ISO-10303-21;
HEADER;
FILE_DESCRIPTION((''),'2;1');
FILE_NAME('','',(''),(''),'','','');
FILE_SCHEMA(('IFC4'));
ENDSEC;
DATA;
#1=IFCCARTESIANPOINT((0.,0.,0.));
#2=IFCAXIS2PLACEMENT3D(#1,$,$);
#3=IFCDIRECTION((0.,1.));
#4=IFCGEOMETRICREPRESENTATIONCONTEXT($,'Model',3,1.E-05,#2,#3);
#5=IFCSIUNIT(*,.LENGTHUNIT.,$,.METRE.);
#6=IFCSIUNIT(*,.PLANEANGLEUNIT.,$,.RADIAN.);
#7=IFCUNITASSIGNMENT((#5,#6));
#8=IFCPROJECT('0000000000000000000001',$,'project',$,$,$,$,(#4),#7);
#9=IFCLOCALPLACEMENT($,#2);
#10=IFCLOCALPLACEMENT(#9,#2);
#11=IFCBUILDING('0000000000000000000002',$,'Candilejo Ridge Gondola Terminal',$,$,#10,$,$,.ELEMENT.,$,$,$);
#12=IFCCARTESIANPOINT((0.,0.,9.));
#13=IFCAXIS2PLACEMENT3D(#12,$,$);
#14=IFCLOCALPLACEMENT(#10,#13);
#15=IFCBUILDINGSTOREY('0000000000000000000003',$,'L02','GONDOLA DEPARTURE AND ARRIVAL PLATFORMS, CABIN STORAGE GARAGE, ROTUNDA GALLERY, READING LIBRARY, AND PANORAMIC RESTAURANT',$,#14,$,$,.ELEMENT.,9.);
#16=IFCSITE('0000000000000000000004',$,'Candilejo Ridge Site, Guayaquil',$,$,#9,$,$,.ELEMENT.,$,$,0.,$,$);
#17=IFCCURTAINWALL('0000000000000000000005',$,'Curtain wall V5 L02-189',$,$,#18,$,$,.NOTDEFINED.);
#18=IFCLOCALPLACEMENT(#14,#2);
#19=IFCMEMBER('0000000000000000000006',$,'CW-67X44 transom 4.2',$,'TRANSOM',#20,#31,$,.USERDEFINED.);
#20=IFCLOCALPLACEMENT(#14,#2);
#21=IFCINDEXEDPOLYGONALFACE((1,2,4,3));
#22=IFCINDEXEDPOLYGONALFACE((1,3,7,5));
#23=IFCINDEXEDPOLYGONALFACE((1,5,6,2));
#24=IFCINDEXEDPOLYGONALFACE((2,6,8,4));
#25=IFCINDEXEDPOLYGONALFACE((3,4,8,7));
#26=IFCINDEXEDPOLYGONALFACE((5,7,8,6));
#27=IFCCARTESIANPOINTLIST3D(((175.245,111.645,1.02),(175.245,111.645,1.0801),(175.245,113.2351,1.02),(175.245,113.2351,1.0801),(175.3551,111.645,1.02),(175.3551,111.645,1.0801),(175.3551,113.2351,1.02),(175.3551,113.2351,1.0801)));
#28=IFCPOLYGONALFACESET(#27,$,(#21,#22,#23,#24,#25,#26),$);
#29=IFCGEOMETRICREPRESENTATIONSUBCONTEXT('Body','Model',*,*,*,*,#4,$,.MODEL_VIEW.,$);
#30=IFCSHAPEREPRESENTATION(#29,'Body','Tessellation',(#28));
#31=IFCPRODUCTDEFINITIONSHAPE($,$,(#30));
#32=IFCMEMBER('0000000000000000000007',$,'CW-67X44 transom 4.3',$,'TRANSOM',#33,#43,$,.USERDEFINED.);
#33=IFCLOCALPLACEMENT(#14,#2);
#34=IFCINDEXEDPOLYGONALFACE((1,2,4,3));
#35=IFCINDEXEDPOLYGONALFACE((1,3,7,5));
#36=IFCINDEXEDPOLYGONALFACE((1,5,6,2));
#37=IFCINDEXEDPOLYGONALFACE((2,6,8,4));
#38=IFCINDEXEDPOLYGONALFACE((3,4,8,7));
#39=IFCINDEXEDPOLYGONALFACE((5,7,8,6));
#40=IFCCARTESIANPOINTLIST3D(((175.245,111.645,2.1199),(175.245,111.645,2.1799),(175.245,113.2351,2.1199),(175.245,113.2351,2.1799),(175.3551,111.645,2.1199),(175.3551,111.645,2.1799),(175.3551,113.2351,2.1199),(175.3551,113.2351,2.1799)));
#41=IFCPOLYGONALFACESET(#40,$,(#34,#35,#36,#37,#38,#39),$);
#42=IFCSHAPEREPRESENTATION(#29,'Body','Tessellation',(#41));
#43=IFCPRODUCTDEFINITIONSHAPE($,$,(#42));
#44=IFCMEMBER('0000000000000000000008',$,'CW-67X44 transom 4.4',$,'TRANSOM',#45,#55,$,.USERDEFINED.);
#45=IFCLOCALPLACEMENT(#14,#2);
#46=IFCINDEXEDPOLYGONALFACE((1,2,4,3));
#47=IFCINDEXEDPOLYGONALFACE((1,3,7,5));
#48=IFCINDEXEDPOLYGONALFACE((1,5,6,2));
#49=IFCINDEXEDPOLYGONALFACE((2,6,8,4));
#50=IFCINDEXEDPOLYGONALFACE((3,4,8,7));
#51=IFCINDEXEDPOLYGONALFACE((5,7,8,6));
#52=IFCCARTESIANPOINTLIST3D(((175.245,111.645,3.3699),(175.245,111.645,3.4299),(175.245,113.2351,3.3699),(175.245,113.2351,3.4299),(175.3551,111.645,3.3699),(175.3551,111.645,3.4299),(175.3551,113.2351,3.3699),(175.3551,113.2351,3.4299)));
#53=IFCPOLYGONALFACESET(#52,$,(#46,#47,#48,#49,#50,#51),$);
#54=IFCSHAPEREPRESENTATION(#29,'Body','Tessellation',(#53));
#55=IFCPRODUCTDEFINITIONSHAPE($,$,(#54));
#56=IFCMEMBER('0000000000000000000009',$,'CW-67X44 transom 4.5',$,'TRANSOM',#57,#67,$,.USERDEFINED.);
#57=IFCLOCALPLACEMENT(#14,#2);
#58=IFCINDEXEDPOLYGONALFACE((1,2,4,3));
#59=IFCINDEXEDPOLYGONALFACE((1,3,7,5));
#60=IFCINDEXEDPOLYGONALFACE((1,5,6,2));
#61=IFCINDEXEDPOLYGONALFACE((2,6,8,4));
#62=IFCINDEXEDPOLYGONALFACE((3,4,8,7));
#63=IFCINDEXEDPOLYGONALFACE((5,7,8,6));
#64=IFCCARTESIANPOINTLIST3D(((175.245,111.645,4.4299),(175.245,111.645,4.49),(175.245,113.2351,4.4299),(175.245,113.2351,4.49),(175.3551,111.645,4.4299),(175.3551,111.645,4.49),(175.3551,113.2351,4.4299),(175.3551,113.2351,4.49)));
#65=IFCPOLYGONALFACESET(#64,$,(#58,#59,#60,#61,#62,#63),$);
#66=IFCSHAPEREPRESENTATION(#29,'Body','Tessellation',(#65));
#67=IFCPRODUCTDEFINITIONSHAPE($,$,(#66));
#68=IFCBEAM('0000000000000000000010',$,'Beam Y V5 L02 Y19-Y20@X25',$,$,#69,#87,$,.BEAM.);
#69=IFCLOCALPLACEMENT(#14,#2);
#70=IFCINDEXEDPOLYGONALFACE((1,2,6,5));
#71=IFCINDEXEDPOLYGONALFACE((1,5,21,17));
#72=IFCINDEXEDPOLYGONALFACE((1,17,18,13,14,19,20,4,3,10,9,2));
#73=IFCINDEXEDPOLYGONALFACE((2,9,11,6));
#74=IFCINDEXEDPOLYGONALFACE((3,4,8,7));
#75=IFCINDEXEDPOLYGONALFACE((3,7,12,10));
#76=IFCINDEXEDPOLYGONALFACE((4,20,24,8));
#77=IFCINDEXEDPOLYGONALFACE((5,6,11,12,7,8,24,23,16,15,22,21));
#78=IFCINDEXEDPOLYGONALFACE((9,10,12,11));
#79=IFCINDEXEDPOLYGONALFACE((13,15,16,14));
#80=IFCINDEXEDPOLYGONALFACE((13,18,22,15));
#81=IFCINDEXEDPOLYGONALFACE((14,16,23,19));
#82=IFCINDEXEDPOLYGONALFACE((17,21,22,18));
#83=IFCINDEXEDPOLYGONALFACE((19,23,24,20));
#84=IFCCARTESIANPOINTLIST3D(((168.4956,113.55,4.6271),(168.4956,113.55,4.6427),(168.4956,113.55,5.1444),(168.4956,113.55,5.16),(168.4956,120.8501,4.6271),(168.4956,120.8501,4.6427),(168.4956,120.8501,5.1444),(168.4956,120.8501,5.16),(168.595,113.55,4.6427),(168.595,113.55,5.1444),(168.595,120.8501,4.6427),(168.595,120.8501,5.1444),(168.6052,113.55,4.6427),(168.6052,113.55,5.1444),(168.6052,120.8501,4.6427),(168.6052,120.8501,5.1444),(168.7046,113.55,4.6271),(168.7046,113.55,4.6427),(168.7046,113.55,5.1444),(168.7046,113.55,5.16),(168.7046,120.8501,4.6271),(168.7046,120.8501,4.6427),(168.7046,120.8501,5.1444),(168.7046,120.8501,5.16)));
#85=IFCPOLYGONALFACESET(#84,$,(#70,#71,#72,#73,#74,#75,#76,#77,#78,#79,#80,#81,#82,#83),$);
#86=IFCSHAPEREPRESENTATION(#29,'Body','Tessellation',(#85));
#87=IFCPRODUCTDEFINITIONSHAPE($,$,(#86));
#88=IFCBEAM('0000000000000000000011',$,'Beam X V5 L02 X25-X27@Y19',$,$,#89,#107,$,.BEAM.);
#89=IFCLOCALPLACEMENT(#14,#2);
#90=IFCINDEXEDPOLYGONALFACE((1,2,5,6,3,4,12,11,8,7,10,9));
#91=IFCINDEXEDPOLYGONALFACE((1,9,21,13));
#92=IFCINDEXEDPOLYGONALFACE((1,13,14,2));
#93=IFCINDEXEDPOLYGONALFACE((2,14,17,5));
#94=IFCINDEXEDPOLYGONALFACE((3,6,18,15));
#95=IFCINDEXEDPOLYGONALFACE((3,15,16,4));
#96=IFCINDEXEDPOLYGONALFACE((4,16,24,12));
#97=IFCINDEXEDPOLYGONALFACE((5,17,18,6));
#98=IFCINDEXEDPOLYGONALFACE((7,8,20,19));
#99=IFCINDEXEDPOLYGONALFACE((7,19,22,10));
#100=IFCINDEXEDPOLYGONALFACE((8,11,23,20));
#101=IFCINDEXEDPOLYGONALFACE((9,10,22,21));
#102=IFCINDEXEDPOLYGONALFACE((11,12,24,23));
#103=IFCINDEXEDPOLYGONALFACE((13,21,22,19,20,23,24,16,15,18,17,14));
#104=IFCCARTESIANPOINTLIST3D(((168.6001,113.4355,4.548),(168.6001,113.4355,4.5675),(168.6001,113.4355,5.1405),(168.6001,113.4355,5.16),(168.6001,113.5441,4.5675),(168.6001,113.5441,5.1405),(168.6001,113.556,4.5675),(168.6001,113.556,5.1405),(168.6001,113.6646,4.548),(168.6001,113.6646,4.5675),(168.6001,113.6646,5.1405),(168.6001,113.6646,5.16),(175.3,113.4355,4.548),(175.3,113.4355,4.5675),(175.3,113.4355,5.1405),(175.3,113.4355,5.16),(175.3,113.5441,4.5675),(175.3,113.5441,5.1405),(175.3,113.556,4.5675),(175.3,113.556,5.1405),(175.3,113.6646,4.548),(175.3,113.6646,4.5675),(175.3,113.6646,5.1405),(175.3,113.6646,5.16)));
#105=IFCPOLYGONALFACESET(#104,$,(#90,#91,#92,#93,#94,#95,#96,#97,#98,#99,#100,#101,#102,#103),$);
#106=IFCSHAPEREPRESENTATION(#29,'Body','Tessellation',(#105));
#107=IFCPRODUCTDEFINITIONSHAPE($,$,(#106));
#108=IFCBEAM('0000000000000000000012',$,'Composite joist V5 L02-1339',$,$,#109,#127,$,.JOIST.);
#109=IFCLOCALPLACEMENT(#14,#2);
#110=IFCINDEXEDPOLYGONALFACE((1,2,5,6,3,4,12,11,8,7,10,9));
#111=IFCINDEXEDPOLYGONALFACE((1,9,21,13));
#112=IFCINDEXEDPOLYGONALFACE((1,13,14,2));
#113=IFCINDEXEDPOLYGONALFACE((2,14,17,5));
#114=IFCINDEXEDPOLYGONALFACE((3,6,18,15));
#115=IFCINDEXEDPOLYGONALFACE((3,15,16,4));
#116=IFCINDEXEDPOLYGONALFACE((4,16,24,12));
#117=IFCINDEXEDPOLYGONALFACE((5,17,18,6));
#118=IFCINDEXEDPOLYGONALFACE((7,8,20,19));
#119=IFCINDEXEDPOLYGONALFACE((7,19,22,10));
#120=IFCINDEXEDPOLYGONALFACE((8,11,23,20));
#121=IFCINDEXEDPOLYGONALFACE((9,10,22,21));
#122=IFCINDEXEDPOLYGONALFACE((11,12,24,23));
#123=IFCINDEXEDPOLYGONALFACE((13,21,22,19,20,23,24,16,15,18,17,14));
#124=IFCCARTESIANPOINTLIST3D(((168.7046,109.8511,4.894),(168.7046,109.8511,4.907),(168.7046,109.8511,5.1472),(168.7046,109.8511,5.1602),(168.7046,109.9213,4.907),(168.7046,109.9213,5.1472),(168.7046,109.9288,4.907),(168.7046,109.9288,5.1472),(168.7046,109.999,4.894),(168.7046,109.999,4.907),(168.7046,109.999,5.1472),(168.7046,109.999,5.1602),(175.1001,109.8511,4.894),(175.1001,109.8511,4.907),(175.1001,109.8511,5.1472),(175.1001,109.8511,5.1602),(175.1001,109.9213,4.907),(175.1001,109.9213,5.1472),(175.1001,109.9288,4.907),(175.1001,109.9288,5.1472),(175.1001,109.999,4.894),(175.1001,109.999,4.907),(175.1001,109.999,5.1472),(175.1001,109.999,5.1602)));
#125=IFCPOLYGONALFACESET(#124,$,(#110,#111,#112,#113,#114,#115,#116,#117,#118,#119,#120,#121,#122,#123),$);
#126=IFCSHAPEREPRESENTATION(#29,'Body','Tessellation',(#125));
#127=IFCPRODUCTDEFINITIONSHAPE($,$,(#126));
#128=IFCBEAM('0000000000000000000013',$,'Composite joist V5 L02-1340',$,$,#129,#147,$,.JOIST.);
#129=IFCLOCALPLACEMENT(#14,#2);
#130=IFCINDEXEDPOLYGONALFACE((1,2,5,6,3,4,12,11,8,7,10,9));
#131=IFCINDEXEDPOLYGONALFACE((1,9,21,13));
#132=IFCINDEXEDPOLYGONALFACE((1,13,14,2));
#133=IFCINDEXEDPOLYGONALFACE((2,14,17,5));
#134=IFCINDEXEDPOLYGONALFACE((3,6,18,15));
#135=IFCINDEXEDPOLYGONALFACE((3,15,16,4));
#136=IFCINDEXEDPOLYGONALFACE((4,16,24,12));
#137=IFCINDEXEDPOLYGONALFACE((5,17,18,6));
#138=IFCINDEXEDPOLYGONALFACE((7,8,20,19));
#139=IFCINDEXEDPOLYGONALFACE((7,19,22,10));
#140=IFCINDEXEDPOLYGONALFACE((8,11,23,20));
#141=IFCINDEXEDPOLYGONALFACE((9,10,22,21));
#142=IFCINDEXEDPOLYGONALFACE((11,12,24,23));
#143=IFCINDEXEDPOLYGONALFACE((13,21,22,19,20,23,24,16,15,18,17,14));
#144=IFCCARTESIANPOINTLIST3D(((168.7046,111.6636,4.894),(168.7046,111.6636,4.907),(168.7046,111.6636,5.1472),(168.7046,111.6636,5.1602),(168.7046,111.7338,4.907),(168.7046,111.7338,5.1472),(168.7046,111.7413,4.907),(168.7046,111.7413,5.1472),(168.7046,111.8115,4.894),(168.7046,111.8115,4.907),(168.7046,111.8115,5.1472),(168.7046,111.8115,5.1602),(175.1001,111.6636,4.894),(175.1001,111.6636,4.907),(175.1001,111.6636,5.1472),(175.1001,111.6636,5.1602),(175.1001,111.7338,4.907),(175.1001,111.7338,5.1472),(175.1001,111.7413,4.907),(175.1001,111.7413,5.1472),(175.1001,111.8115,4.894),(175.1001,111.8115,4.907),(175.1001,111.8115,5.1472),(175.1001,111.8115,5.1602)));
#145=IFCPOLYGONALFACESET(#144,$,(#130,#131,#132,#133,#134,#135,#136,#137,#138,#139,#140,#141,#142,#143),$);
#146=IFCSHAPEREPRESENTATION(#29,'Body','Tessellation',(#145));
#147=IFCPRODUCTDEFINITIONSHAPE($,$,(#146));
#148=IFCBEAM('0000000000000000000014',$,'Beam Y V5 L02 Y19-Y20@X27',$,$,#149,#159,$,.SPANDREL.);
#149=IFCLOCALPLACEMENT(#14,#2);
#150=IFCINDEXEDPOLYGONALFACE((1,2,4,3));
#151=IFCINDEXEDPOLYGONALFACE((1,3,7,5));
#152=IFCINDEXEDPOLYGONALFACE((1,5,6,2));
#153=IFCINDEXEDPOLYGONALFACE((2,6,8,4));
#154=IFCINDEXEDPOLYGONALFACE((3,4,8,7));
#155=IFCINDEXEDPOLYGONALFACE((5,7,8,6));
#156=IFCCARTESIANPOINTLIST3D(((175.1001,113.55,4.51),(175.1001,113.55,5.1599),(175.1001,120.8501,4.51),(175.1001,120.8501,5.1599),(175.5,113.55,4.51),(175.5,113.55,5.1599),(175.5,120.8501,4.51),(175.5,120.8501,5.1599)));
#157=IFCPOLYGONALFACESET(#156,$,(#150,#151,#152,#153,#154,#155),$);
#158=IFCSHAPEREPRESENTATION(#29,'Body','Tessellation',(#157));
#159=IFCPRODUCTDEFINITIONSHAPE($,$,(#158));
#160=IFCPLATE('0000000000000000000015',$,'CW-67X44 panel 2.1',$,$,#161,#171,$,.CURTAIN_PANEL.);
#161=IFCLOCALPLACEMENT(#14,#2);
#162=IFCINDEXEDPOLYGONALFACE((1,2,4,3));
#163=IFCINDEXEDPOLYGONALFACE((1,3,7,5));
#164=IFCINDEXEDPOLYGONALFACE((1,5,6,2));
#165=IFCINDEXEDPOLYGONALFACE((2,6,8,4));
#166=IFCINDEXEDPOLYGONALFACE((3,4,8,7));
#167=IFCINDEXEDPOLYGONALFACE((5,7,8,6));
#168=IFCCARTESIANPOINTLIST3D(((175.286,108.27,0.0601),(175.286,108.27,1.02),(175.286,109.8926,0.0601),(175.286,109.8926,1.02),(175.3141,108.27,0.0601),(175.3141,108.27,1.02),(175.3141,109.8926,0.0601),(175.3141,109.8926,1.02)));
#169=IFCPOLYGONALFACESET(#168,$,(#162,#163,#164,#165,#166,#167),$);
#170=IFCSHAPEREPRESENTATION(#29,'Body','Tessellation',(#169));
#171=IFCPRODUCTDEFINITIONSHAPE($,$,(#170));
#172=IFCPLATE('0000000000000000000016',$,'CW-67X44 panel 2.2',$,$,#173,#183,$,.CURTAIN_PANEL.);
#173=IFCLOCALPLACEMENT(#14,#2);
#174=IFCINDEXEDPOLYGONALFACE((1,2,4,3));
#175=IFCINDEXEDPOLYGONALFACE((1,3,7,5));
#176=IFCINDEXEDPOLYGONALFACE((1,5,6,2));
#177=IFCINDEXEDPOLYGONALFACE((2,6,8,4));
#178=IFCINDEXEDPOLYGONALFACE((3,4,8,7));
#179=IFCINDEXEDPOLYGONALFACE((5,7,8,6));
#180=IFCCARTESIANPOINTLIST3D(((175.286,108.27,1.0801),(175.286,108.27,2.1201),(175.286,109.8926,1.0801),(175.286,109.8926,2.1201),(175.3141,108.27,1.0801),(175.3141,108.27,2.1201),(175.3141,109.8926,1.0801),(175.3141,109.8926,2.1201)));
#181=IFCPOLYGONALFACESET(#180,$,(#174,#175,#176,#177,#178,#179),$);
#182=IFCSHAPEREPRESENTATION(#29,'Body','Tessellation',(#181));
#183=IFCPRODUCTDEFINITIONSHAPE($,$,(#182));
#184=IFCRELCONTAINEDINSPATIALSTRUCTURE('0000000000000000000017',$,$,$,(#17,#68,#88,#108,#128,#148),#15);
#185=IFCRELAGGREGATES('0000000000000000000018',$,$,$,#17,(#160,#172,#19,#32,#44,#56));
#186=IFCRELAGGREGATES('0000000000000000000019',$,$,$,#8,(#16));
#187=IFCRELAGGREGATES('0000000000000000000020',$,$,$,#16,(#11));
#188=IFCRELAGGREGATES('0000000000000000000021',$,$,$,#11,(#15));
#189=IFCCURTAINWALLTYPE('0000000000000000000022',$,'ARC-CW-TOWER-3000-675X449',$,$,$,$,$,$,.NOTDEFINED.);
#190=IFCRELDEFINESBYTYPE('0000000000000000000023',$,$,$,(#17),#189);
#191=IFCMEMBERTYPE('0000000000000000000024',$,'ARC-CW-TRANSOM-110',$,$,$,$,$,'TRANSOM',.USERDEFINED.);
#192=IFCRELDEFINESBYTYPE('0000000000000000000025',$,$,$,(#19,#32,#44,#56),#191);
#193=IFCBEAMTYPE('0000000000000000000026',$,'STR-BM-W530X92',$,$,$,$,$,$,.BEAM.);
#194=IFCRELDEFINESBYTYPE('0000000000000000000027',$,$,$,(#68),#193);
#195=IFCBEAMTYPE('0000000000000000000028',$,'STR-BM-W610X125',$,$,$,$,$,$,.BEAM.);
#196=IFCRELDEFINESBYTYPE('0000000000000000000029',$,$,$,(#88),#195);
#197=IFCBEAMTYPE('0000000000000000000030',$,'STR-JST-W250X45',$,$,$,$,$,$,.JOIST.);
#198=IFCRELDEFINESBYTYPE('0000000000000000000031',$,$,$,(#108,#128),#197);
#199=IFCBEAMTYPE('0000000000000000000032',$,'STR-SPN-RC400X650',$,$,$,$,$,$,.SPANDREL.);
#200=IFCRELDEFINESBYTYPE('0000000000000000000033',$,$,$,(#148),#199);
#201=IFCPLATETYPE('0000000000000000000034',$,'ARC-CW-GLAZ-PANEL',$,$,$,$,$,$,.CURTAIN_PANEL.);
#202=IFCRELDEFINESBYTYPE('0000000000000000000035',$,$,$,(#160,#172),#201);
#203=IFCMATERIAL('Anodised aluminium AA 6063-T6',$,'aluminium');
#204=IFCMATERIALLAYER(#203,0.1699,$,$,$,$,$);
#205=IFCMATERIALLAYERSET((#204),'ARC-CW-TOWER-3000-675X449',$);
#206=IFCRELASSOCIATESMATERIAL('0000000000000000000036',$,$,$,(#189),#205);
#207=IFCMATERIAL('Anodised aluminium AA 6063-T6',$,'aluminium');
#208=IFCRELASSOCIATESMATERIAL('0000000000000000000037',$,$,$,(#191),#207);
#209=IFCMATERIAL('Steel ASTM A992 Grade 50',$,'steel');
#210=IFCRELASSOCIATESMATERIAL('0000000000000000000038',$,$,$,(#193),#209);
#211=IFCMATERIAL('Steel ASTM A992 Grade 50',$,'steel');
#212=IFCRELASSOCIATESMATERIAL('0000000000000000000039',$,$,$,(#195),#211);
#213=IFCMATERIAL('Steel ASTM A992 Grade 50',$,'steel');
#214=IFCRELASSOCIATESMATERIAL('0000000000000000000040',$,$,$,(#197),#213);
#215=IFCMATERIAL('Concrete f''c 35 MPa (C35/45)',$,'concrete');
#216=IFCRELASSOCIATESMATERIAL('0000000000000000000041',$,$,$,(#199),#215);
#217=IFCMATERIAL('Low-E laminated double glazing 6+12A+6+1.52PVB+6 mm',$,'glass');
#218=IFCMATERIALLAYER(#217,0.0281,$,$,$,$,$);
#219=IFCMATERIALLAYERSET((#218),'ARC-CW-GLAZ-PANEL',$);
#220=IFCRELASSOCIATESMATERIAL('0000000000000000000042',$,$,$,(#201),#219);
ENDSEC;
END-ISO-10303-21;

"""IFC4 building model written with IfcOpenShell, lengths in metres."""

from ifc_helpers import new_model, si_unit, direction, frame, origin, origin_2d, place, context, subcontext, project, spatial, rectangle, i_section, extrude, material, layer, layer_set, material_profile, profile_set, type_object, element, aggregate, save


model = new_model("IFC4")

# Units and contexts
model_context = context("Model", 3, precision=1e-05, world=origin(), true_north=direction((0.0, 1.0)))
body_context = subcontext(model_context, "Body", "Model", "MODEL_VIEW")
ifc_project = project(units=[si_unit("LENGTHUNIT", "METRE"), si_unit("PLANEANGLEUNIT", "RADIAN")], contexts=[model_context])

# Site, building, storey
site_placement = place(None, origin())
site = spatial("IfcSite", under=ifc_project, at=site_placement, Name="Candilejo Ridge Site, Guayaquil", CompositionType="ELEMENT", RefElevation=0.0)
building_placement = place(site_placement, origin())
building = spatial("IfcBuilding", under=site, at=building_placement, Name="Candilejo Ridge Gondola Terminal", CompositionType="ELEMENT")
storey_placement = place(building_placement, frame((0.0, 0.0, 9.0)))
storey = spatial("IfcBuildingStorey", under=building, at=storey_placement, Name="L02", Description="GONDOLA DEPARTURE AND ARRIVAL PLATFORMS, CABIN STORAGE GARAGE, ROTUNDA GALLERY, READING LIBRARY, AND PANORAMIC RESTAURANT", CompositionType="ELEMENT", Elevation=9.0)

# Curtain wall
ifc_material_1 = material(Name="Anodised aluminium AA 6063-T6", Category="aluminium")
ifc_layer_1 = layer(ifc_material_1, 0.1699)
ifc_layer_set_1 = layer_set([ifc_layer_1], Name="ARC-CW-TOWER-3000-675X449")
curtain_wall_type_1 = type_object("IfcCurtainWallType", Name="ARC-CW-TOWER-3000-675X449", PredefinedType="NOTDEFINED", material=ifc_layer_set_1)
curtain_wall_1_placement = place(storey_placement, origin())
curtain_wall_1 = element("IfcCurtainWall", 1, at=curtain_wall_1_placement, inside=storey, type_object=curtain_wall_type_1, Name="Curtain wall V5 L02-189", PredefinedType="NOTDEFINED")

# Members
ifc_material_2 = material(Name="Anodised aluminium AA 6063-T6", Category="aluminium")
ifc_material_profile_1 = material_profile(ifc_material_2, rectangle(XDim=0.1101, YDim=0.0601, at=origin_2d()))
ifc_profile_set_1 = profile_set([ifc_material_profile_1], Name="Anodised aluminium AA 6063-T6")
member_type_1 = type_object("IfcMemberType", Name="ARC-CW-TRANSOM-110", ElementType="TRANSOM", PredefinedType="USERDEFINED", material=ifc_profile_set_1)
member_1_placement = place(storey_placement, frame((175.3, 111.645, 1.05), z_axis=(0.0, 1.0, 0.0), x_axis=(-1.0, 0.0, 0.0)))
member_1 = element("IfcMember", 2, at=member_1_placement, type_object=member_type_1, Name="CW-67X44 transom 4.2", ObjectType="TRANSOM", PredefinedType="USERDEFINED", context=body_context, shape_type="SweptSolid", body=[
    extrude(rectangle(XDim=0.1101, YDim=0.0601, at=origin_2d()), origin(), (0.0, 0.0, 1.0), 1.5901),
])
member_2_placement = place(storey_placement, frame((175.3, 111.645, 2.1499), z_axis=(0.0, 1.0, 0.0), x_axis=(-1.0, 0.0, 0.0)))
member_2 = element("IfcMember", 3, at=member_2_placement, type_object=member_type_1, Name="CW-67X44 transom 4.3", ObjectType="TRANSOM", PredefinedType="USERDEFINED", context=body_context, shape_type="SweptSolid", body=[
    extrude(rectangle(XDim=0.1101, YDim=0.0601, at=origin_2d()), origin(), (0.0, 0.0, 1.0), 1.5901),
])
member_3_placement = place(storey_placement, frame((175.3, 111.645, 3.3999), z_axis=(0.0, 1.0, 0.0), x_axis=(-1.0, 0.0, 0.0)))
member_3 = element("IfcMember", 4, at=member_3_placement, type_object=member_type_1, Name="CW-67X44 transom 4.4", ObjectType="TRANSOM", PredefinedType="USERDEFINED", context=body_context, shape_type="SweptSolid", body=[
    extrude(rectangle(XDim=0.1101, YDim=0.0601, at=origin_2d()), origin(), (0.0, 0.0, 1.0), 1.5901),
])
member_4_placement = place(storey_placement, frame((175.3, 111.645, 4.46), z_axis=(0.0, 1.0, 0.0), x_axis=(-1.0, 0.0, 0.0)))
member_4 = element("IfcMember", 5, at=member_4_placement, type_object=member_type_1, Name="CW-67X44 transom 4.5", ObjectType="TRANSOM", PredefinedType="USERDEFINED", context=body_context, shape_type="SweptSolid", body=[
    extrude(rectangle(XDim=0.1101, YDim=0.0601, at=origin_2d()), origin(), (0.0, 0.0, 1.0), 1.5901),
])

# Beams
ifc_material_3 = material(Name="Steel ASTM A992 Grade 50", Category="steel")
ifc_material_profile_2 = material_profile(ifc_material_3, i_section(OverallWidth=0.209, OverallDepth=0.533, WebThickness=0.0103, FlangeThickness=0.0156, at=origin_2d()))
ifc_profile_set_2 = profile_set([ifc_material_profile_2], Name="Steel ASTM A992 Grade 50")
beam_type_1 = type_object("IfcBeamType", Name="STR-BM-W530X92", PredefinedType="BEAM", material=ifc_profile_set_2)
beam_1_placement = place(storey_placement, frame((168.6001, 113.55, 4.8936), z_axis=(0.0, 1.0, 0.0), x_axis=(-1.0, 0.0, 0.0)))
element("IfcBeam", 6, at=beam_1_placement, inside=storey, type_object=beam_type_1, Name="Beam Y V5 L02 Y19-Y20@X25", PredefinedType="BEAM", context=body_context, shape_type="SweptSolid", body=[
    extrude(i_section(OverallWidth=0.209, OverallDepth=0.533, WebThickness=0.0103, FlangeThickness=0.0156, at=origin_2d()), origin(), (0.0, 0.0, 1.0), 7.3),
])
ifc_material_4 = material(Name="Steel ASTM A992 Grade 50", Category="steel")
ifc_material_profile_3 = material_profile(ifc_material_4, i_section(OverallWidth=0.229, OverallDepth=0.6121, WebThickness=0.012, FlangeThickness=0.0195, at=origin_2d()))
ifc_profile_set_3 = profile_set([ifc_material_profile_3], Name="Steel ASTM A992 Grade 50")
beam_type_2 = type_object("IfcBeamType", Name="STR-BM-W610X125", PredefinedType="BEAM", material=ifc_profile_set_3)
beam_2_placement = place(storey_placement, frame((168.6001, 113.55, 4.854), z_axis=(1.0, 0.0, 0.0), x_axis=(0.0, 1.0, 0.0)))
element("IfcBeam", 7, at=beam_2_placement, inside=storey, type_object=beam_type_2, Name="Beam X V5 L02 X25-X27@Y19", PredefinedType="BEAM", context=body_context, shape_type="SweptSolid", body=[
    extrude(i_section(OverallWidth=0.229, OverallDepth=0.6121, WebThickness=0.012, FlangeThickness=0.0195, at=origin_2d()), origin(), (0.0, 0.0, 1.0), 6.7),
])
ifc_material_5 = material(Name="Steel ASTM A992 Grade 50", Category="steel")
ifc_material_profile_4 = material_profile(ifc_material_5, i_section(OverallWidth=0.1479, OverallDepth=0.2661, WebThickness=0.0076, FlangeThickness=0.0129, at=origin_2d()))
ifc_profile_set_4 = profile_set([ifc_material_profile_4], Name="Steel ASTM A992 Grade 50")
beam_type_3 = type_object("IfcBeamType", Name="STR-JST-W250X45", PredefinedType="JOIST", material=ifc_profile_set_4)
for number, where, z_axis, x_axis, name in (
    (8, (168.7046, 109.925, 5.0271), (1.0, 0.0, 0.0), (0.0, 1.0, 0.0), "Composite joist V5 L02-1339"),
    (9, (168.7046, 111.7375, 5.0271), (1.0, 0.0, 0.0), (0.0, 1.0, 0.0), "Composite joist V5 L02-1340"),
):
    element("IfcBeam", number, at=place(storey_placement, frame(where, z_axis=z_axis, x_axis=x_axis)), inside=storey, type_object=beam_type_3, Name=name, PredefinedType="JOIST", context=body_context, shape_type="SweptSolid", body=[
        extrude(i_section(OverallWidth=0.1479, OverallDepth=0.2661, WebThickness=0.0076, FlangeThickness=0.0129, at=origin_2d()), origin(), (0.0, 0.0, 1.0), 6.3955),
    ])
ifc_material_6 = material(Name="Concrete f'c 35 MPa (C35/45)", Category="concrete")
ifc_material_profile_5 = material_profile(ifc_material_6, rectangle(XDim=0.3999, YDim=0.6499, at=origin_2d()))
ifc_profile_set_5 = profile_set([ifc_material_profile_5], Name="Concrete f'c 35 MPa (C35/45)")
beam_type_4 = type_object("IfcBeamType", Name="STR-SPN-RC400X650", PredefinedType="SPANDREL", material=ifc_profile_set_5)
beam_3_placement = place(storey_placement, frame((175.3, 113.55, 4.835), z_axis=(0.0, 1.0, 0.0), x_axis=(-1.0, 0.0, 0.0)))
element("IfcBeam", 10, at=beam_3_placement, inside=storey, type_object=beam_type_4, Name="Beam Y V5 L02 Y19-Y20@X27", PredefinedType="SPANDREL", context=body_context, shape_type="SweptSolid", body=[
    extrude(rectangle(XDim=0.3999, YDim=0.6499, at=origin_2d()), origin(), (0.0, 0.0, 1.0), 7.3),
])

# Plates
ifc_material_7 = material(Name="Low-E laminated double glazing 6+12A+6+1.52PVB+6 mm", Category="glass")
ifc_layer_2 = layer(ifc_material_7, 0.0281)
ifc_layer_set_2 = layer_set([ifc_layer_2], Name="ARC-CW-GLAZ-PANEL")
plate_type = type_object("IfcPlateType", Name="ARC-CW-GLAZ-PANEL", PredefinedType="CURTAIN_PANEL", material=ifc_layer_set_2)
plate_1_placement = place(storey_placement, frame((175.3, 109.0813, 0.0601), z_axis=(0.0, 0.0, 1.0), x_axis=(0.0, 1.0, 0.0)))
plate_1 = element("IfcPlate", 11, at=plate_1_placement, type_object=plate_type, Name="CW-67X44 panel 2.1", PredefinedType="CURTAIN_PANEL", context=body_context, shape_type="SweptSolid", body=[
    extrude(rectangle(XDim=1.6226, YDim=0.0281, at=origin_2d()), origin(), (0.0, 0.0, 1.0), 0.96),
])
plate_2_placement = place(storey_placement, frame((175.3, 109.0813, 1.0801), z_axis=(0.0, 0.0, 1.0), x_axis=(0.0, 1.0, 0.0)))
plate_2 = element("IfcPlate", 12, at=plate_2_placement, type_object=plate_type, Name="CW-67X44 panel 2.2", PredefinedType="CURTAIN_PANEL", context=body_context, shape_type="SweptSolid", body=[
    extrude(rectangle(XDim=1.6226, YDim=0.0281, at=origin_2d()), origin(), (0.0, 0.0, 1.0), 1.04),
])
aggregate(curtain_wall_1, [plate_1, plate_2, member_1, member_2, member_3, member_4])

save(model, "model.ifc")
